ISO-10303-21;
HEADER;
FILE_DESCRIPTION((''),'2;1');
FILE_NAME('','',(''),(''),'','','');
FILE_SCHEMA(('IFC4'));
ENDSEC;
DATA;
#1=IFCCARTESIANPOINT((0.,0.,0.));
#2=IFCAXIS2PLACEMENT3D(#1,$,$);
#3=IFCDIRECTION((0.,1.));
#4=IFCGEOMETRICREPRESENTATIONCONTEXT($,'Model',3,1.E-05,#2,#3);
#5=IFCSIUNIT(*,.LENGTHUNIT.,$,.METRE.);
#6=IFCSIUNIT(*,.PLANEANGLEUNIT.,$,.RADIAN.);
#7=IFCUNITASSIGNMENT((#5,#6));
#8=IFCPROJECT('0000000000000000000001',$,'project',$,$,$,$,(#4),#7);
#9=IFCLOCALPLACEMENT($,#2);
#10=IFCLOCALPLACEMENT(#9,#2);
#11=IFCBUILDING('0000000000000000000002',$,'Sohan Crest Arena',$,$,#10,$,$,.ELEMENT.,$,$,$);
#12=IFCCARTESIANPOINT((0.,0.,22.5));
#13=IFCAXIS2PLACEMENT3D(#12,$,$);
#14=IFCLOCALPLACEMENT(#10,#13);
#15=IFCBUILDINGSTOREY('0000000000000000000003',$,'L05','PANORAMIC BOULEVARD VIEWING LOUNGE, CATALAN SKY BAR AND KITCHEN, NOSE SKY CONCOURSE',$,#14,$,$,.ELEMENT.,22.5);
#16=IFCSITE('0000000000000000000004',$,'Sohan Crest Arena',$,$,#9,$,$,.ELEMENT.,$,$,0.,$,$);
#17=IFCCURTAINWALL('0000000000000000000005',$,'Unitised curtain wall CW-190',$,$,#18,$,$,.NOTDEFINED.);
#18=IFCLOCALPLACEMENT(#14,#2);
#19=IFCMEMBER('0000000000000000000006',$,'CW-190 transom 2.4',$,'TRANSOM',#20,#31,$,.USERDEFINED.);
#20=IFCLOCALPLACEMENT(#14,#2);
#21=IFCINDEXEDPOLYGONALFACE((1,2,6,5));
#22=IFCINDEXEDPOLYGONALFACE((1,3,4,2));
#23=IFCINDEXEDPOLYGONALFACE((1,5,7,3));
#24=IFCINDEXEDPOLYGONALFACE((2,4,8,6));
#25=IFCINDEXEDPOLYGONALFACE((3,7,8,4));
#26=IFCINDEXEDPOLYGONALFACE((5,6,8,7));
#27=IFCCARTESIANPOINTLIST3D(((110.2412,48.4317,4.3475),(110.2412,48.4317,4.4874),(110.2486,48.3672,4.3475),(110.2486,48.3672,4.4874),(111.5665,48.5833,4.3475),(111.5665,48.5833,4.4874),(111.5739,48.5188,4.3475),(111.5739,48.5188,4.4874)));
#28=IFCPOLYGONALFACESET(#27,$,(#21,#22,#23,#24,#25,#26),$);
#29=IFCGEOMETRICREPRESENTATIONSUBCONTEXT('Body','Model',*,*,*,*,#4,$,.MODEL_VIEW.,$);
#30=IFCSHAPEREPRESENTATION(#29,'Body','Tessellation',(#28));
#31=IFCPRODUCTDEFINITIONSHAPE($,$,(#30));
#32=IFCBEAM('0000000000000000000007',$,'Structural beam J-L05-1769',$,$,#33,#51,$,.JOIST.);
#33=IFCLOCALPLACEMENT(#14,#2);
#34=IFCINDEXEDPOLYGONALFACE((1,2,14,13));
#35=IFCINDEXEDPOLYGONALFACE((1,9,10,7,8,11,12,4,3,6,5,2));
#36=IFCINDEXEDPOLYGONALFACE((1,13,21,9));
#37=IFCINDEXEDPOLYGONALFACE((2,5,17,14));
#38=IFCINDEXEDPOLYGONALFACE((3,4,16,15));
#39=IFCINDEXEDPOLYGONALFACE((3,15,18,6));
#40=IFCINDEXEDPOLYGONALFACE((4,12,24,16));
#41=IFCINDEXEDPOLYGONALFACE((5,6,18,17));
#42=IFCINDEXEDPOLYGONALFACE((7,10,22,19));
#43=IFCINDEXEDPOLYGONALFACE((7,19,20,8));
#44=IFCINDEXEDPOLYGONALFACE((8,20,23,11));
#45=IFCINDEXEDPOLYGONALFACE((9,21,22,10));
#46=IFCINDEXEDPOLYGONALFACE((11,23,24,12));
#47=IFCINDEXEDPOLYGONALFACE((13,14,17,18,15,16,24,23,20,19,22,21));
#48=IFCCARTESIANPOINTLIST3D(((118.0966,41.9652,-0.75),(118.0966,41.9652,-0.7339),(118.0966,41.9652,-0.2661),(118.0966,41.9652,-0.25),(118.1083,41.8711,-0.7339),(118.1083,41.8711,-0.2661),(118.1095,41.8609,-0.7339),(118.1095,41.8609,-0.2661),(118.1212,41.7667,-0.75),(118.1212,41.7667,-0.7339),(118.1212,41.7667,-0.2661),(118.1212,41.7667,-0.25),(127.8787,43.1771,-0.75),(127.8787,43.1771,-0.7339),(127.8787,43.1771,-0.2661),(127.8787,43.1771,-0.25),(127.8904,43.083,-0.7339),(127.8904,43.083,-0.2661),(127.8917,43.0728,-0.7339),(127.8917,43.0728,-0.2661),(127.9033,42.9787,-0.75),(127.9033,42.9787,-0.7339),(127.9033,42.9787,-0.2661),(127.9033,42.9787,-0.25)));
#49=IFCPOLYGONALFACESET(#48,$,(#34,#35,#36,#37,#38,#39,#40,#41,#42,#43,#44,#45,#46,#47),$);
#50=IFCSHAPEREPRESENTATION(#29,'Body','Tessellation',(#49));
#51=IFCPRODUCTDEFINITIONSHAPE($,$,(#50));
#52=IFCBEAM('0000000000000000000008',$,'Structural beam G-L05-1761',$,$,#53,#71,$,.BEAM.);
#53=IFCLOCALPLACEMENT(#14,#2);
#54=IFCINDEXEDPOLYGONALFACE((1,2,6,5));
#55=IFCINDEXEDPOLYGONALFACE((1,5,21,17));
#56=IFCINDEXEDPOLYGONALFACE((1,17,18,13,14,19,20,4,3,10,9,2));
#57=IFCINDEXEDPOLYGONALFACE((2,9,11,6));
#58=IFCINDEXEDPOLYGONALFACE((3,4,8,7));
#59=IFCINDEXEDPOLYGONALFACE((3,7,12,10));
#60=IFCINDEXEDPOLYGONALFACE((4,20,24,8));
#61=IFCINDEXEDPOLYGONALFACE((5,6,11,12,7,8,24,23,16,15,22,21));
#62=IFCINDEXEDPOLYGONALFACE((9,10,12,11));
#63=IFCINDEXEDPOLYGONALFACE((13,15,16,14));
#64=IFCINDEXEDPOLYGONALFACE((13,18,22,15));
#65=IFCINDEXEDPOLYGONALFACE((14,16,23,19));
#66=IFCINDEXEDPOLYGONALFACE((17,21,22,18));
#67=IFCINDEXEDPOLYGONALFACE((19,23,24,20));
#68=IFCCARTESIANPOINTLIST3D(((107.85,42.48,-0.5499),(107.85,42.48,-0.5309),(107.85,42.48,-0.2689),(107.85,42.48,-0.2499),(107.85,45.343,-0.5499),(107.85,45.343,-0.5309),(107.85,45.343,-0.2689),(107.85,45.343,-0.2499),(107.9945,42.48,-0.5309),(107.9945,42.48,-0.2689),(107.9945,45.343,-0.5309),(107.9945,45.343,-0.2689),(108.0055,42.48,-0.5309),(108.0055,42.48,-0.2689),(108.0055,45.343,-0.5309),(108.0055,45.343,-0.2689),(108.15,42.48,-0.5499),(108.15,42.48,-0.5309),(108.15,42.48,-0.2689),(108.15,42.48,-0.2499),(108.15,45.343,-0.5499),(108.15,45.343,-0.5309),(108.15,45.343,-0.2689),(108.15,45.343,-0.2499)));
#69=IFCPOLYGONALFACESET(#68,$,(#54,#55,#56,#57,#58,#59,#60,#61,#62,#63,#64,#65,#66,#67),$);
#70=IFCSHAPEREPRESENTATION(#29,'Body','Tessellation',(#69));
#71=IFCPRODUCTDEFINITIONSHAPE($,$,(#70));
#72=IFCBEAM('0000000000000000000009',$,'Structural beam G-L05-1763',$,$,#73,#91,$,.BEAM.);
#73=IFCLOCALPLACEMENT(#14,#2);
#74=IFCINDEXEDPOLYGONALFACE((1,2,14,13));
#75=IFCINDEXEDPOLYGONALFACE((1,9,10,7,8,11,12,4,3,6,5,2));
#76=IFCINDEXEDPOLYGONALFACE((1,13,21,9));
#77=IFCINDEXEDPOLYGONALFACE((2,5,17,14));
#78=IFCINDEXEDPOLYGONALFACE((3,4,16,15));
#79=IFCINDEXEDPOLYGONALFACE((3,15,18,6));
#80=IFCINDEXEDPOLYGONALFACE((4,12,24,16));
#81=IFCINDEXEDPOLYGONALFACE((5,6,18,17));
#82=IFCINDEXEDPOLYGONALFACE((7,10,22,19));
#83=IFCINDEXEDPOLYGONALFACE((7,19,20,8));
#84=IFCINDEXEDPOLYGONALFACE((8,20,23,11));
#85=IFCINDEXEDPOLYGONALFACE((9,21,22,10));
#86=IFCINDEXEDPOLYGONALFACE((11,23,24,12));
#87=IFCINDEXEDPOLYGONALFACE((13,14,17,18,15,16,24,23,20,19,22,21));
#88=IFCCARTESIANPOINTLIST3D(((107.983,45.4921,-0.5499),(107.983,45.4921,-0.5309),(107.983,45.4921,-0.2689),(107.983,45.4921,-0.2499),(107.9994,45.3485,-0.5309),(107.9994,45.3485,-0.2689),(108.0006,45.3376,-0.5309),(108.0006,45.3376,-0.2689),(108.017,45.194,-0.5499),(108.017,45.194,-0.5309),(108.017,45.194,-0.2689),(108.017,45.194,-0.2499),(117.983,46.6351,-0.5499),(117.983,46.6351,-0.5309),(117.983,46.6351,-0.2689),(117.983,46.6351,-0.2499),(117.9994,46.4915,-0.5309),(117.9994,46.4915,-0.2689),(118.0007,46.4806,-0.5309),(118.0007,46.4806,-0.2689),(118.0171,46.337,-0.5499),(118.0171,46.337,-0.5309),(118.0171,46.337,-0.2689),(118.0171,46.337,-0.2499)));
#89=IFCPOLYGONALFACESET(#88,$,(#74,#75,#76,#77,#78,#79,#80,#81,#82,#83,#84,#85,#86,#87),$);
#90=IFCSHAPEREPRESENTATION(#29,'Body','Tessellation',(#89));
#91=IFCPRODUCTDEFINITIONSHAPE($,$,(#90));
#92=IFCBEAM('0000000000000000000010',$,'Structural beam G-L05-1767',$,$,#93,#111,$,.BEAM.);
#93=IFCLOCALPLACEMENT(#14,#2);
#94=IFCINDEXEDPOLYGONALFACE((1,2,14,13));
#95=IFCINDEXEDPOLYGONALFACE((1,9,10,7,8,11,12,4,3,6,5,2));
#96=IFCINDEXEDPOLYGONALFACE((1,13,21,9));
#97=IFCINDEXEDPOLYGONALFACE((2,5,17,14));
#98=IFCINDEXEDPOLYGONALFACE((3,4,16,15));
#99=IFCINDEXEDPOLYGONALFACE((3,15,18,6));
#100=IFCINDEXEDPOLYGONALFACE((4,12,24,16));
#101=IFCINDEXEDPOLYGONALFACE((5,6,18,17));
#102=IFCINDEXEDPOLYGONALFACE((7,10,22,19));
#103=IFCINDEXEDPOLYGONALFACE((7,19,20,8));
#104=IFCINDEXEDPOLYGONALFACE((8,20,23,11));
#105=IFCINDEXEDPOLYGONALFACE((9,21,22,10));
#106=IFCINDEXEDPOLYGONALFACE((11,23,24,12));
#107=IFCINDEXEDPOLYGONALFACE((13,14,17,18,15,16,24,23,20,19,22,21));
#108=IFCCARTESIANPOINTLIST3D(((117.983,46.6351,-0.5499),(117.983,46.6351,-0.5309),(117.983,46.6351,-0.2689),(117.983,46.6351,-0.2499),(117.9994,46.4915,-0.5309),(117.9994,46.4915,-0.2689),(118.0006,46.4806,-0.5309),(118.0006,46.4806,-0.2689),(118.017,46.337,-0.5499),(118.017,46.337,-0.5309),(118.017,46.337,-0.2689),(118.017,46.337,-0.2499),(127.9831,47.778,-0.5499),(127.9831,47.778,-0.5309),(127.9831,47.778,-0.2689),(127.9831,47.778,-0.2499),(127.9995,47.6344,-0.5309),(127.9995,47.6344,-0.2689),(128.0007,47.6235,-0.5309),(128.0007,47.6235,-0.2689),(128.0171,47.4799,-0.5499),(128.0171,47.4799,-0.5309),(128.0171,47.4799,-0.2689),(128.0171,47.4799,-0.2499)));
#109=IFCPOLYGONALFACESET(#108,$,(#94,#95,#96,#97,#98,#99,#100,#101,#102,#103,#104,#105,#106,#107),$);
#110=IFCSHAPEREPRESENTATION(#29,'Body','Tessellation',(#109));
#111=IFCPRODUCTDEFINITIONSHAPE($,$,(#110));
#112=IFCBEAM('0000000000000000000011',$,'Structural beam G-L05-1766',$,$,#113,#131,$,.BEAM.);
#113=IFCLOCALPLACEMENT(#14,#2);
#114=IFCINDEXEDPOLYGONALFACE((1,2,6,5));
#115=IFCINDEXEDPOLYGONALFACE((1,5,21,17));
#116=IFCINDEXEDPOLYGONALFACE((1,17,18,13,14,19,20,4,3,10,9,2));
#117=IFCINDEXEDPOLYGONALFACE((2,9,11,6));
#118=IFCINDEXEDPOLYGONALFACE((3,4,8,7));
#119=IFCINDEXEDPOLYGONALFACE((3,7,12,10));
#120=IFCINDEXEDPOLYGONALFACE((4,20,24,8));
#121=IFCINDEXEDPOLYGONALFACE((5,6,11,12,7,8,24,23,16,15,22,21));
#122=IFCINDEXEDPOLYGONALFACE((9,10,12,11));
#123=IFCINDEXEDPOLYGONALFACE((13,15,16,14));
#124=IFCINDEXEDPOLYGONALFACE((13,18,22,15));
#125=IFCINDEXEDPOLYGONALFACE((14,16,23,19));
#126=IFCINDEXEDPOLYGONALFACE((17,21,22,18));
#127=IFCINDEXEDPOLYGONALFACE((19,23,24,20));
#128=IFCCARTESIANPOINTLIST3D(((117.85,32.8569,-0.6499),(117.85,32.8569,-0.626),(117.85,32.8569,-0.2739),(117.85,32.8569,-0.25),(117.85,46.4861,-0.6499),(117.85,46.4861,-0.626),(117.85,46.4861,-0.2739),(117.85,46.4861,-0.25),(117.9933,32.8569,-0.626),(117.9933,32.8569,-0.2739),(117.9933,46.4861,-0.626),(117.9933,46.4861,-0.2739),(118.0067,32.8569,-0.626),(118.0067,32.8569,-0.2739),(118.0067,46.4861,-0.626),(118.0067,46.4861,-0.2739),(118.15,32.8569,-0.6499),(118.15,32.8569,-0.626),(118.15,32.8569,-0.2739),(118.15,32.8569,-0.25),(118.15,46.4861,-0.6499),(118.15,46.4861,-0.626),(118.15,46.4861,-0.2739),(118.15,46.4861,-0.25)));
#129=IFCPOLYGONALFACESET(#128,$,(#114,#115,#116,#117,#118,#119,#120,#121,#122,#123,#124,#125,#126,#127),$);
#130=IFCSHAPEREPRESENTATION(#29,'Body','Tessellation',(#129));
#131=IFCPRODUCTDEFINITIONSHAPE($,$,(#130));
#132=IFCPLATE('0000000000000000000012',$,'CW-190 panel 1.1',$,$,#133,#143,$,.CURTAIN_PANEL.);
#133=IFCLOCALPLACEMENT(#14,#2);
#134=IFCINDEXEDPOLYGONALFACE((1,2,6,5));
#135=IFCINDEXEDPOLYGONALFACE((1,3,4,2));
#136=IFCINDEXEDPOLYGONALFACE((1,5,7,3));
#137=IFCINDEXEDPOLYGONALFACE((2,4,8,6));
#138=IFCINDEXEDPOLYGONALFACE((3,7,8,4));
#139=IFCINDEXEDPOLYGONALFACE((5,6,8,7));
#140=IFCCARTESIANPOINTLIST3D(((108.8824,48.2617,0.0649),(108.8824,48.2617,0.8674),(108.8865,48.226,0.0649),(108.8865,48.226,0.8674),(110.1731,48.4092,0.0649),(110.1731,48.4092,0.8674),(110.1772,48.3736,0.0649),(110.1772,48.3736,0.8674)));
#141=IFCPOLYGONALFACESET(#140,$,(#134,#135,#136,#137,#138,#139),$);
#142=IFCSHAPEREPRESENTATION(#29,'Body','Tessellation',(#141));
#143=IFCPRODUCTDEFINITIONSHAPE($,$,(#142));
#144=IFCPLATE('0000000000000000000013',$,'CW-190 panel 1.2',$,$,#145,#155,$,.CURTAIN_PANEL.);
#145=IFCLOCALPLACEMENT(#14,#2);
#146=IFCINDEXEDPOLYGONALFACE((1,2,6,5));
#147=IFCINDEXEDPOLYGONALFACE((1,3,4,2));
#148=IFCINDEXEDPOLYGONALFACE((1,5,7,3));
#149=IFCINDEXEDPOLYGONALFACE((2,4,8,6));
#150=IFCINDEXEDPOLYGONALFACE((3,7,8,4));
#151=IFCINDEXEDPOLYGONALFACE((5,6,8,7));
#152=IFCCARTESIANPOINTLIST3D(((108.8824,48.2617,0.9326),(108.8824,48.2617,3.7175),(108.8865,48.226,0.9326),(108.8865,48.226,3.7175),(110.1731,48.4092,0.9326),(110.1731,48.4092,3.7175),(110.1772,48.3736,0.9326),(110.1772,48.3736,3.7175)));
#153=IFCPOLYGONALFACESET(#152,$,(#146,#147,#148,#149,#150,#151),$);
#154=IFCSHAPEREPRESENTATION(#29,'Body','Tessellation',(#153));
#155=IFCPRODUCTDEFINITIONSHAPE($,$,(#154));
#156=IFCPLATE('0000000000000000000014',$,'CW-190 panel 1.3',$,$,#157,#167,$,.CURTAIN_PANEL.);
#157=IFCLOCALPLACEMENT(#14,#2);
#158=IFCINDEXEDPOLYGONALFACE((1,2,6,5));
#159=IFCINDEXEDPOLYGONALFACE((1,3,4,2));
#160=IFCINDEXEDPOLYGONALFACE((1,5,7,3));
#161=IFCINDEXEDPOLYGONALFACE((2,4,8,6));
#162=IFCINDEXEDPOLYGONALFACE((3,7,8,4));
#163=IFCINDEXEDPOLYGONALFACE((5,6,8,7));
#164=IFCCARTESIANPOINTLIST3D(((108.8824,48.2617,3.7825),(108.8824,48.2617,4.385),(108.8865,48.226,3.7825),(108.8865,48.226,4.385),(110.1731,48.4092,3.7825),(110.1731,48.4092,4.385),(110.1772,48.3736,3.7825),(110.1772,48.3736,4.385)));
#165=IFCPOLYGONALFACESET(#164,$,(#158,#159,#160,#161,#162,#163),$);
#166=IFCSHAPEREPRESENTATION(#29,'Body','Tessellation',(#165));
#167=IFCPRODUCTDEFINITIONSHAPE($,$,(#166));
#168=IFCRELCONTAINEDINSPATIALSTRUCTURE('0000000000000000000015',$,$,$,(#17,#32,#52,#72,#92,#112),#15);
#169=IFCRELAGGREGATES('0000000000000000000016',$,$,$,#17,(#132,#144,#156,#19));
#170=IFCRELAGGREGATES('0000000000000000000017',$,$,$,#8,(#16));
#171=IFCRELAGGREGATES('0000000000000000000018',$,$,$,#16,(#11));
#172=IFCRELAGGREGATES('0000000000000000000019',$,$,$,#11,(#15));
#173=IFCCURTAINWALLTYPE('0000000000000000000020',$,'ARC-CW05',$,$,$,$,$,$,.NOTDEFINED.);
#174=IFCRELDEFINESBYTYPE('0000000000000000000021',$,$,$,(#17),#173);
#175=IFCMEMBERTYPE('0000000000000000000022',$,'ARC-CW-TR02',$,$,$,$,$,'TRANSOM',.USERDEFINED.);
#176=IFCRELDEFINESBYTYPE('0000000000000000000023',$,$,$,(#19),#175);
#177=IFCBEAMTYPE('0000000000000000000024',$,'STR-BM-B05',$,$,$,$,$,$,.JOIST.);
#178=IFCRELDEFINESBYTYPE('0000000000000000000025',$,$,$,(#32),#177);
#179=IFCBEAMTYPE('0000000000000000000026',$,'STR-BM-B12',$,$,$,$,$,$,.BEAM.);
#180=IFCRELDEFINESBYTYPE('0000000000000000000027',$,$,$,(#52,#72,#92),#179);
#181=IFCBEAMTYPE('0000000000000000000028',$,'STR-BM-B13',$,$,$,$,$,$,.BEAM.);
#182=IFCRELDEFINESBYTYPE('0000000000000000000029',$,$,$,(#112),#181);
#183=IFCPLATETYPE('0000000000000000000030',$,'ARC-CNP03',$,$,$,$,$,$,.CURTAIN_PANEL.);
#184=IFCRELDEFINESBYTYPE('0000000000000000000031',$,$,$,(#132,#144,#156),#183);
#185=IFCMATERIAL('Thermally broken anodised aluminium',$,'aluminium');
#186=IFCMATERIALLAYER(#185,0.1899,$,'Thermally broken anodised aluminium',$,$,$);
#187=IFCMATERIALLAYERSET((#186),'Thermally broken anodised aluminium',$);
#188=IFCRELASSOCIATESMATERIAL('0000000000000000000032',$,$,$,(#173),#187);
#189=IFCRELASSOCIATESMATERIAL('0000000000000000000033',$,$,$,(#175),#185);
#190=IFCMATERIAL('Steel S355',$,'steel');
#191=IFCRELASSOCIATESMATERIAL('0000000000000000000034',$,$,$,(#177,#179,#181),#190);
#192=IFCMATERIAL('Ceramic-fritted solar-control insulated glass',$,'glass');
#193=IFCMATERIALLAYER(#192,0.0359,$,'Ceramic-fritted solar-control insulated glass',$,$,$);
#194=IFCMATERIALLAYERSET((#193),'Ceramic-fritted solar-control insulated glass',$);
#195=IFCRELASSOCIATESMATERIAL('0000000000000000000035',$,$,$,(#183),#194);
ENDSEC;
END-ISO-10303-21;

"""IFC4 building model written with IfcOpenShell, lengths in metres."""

from ifc_helpers import new_model, si_unit, direction, frame, origin, origin_2d, place, context, subcontext, project, spatial, rectangle, i_section, extrude, material, layer, layer_set, material_profile, profile_set, type_object, element, aggregate, save


model = new_model("IFC4")

# Units and contexts
model_context = context("Model", 3, precision=1e-05, world=origin(), true_north=direction((0.0, 1.0)))
body_context = subcontext(model_context, "Body", "Model", "MODEL_VIEW")
ifc_project = project(units=[si_unit("LENGTHUNIT", "METRE"), si_unit("PLANEANGLEUNIT", "RADIAN")], contexts=[model_context])

# Site, building, storey
site_placement = place(None, origin())
site = spatial("IfcSite", under=ifc_project, at=site_placement, Name="Sohan Crest Arena", CompositionType="ELEMENT", RefElevation=0.0)
building_placement = place(site_placement, origin())
building = spatial("IfcBuilding", under=site, at=building_placement, Name="Sohan Crest Arena", CompositionType="ELEMENT")
storey_placement = place(building_placement, frame((0.0, 0.0, 22.5)))
storey = spatial("IfcBuildingStorey", under=building, at=storey_placement, Name="L05", Description="PANORAMIC BOULEVARD VIEWING LOUNGE, CATALAN SKY BAR AND KITCHEN, NOSE SKY CONCOURSE", CompositionType="ELEMENT", Elevation=22.5)

# Shared definitions
ifc_material_1 = material(Name="Steel S355", Category="steel")

# Curtain wall, member
ifc_material_2 = material(Name="Thermally broken anodised aluminium", Category="aluminium")
ifc_layer_1 = layer(ifc_material_2, 0.1899, Name="Thermally broken anodised aluminium")
ifc_layer_set_1 = layer_set([ifc_layer_1], Name="Thermally broken anodised aluminium")
curtain_wall_type = type_object("IfcCurtainWallType", Name="ARC-CW05", PredefinedType="NOTDEFINED", material=ifc_layer_set_1)
curtain_wall_placement = place(storey_placement, origin())
curtain_wall = element("IfcCurtainWall", 1, at=curtain_wall_placement, inside=storey, type_object=curtain_wall_type, Name="Unitised curtain wall CW-190", PredefinedType="NOTDEFINED")
ifc_material_profile_1 = material_profile(ifc_material_2, rectangle(XDim=0.0649, YDim=0.1399, at=origin_2d()), Name="ALU-TRAN 65x140")
ifc_profile_set_1 = profile_set([ifc_material_profile_1], Name="Thermally broken anodised aluminium")
member_type_1 = type_object("IfcMemberType", Name="ARC-CW-TR02", ElementType="TRANSOM", PredefinedType="USERDEFINED", material=ifc_profile_set_1)
member_1_placement = place(storey_placement, frame((110.2449, 48.3994, 4.4175), z_axis=(0.993521, 0.113645, 0.0), x_axis=(-0.113645, 0.993521, 0.0)))
member_1 = element("IfcMember", 2, at=member_1_placement, type_object=member_type_1, Name="CW-190 transom 2.4", ObjectType="TRANSOM", PredefinedType="USERDEFINED", context=body_context, shape_type="SweptSolid", body=[
    extrude(rectangle(XDim=0.0649, YDim=0.1399, at=origin_2d()), origin(), (0.0, 0.0, 1.0), 1.334),
])

# Beams
ifc_material_profile_2 = material_profile(ifc_material_1, i_section(OverallWidth=0.2, OverallDepth=0.5, WebThickness=0.0103, FlangeThickness=0.0161, at=origin_2d()), Name="IPE 500")
ifc_profile_set_2 = profile_set([ifc_material_profile_2], Name="Steel S355")
beam_type_1 = type_object("IfcBeamType", Name="STR-BM-B05", PredefinedType="JOIST", material=ifc_profile_set_2)
beam_1_placement = place(storey_placement, frame((118.1089, 41.866, -0.5), z_axis=(0.992413, 0.122949, 0.0), x_axis=(-0.122949, 0.992413, 0.0)))
element("IfcBeam", 3, at=beam_1_placement, inside=storey, type_object=beam_type_1, Name="Structural beam J-L05-1769", PredefinedType="JOIST", context=body_context, shape_type="SweptSolid", body=[
    extrude(i_section(OverallWidth=0.2, OverallDepth=0.5, WebThickness=0.0103, FlangeThickness=0.0161, at=origin_2d()), origin(), (0.0, 0.0, 1.0), 9.8569),
])
ifc_material_profile_3 = material_profile(ifc_material_1, i_section(OverallWidth=0.3, OverallDepth=0.3, WebThickness=0.011, FlangeThickness=0.019, at=origin_2d()), Name="HEB 300")
ifc_profile_set_3 = profile_set([ifc_material_profile_3], Name="Steel S355")
beam_type_2 = type_object("IfcBeamType", Name="STR-BM-B12", PredefinedType="BEAM", material=ifc_profile_set_3)
beam_2_placement = place(storey_placement, frame((108.0, 45.343, -0.3999), z_axis=(0.0, -1.0, 0.0), x_axis=(1.0, 0.0, 0.0)))
element("IfcBeam", 4, at=beam_2_placement, inside=storey, type_object=beam_type_2, Name="Structural beam G-L05-1761", PredefinedType="BEAM", context=body_context, shape_type="SweptSolid", body=[
    extrude(i_section(OverallWidth=0.3, OverallDepth=0.3, WebThickness=0.011, FlangeThickness=0.019, at=origin_2d()), origin(), (0.0, 0.0, 1.0), 2.863),
])
for number, where, z_axis, x_axis, name in (
    (5, (108.0, 45.343, -0.3999), (0.99353, 0.113567, 0.0), (-0.113567, 0.99353, 0.0), "Structural beam G-L05-1763"),
    (6, (118.0, 46.4861, -0.3999), (0.993533, 0.113543, 0.0), (-0.113543, 0.993533, 0.0), "Structural beam G-L05-1767"),
):
    element("IfcBeam", number, at=place(storey_placement, frame(where, z_axis=z_axis, x_axis=x_axis)), inside=storey, type_object=beam_type_2, Name=name, PredefinedType="BEAM", context=body_context, shape_type="SweptSolid", body=[
        extrude(i_section(OverallWidth=0.3, OverallDepth=0.3, WebThickness=0.011, FlangeThickness=0.019, at=origin_2d()), origin(), (0.0, 0.0, 1.0), 10.0652),
    ])
ifc_material_profile_4 = material_profile(ifc_material_1, i_section(OverallWidth=0.3, OverallDepth=0.3999, WebThickness=0.0134, FlangeThickness=0.0239, at=origin_2d()), Name="HEB 400")
ifc_profile_set_4 = profile_set([ifc_material_profile_4], Name="Steel S355")
beam_type_3 = type_object("IfcBeamType", Name="STR-BM-B13", PredefinedType="BEAM", material=ifc_profile_set_4)
beam_3_placement = place(storey_placement, frame((118.0, 46.4861, -0.45), z_axis=(0.0, -1.0, 0.0), x_axis=(1.0, 0.0, 0.0)))
element("IfcBeam", 7, at=beam_3_placement, inside=storey, type_object=beam_type_3, Name="Structural beam G-L05-1766", PredefinedType="BEAM", context=body_context, shape_type="SweptSolid", body=[
    extrude(i_section(OverallWidth=0.3, OverallDepth=0.3999, WebThickness=0.0134, FlangeThickness=0.0239, at=origin_2d()), origin(), (0.0, 0.0, 1.0), 13.6292),
])

# Plates
ifc_material_3 = material(Name="Ceramic-fritted solar-control insulated glass", Category="glass")
ifc_layer_2 = layer(ifc_material_3, 0.0359, Name="Ceramic-fritted solar-control insulated glass")
ifc_layer_set_2 = layer_set([ifc_layer_2], Name="Ceramic-fritted solar-control insulated glass")
plate_type = type_object("IfcPlateType", Name="ARC-CNP03", PredefinedType="CURTAIN_PANEL", material=ifc_layer_set_2)
plate_1_placement = place(storey_placement, frame((109.5298, 48.3176, 0.0649), z_axis=(0.0, 0.0, 1.0), x_axis=(0.993527, 0.113597, 0.0)))
plate_1 = element("IfcPlate", 8, at=plate_1_placement, type_object=plate_type, Name="CW-190 panel 1.1", PredefinedType="CURTAIN_PANEL", context=body_context, shape_type="SweptSolid", body=[
    extrude(rectangle(XDim=1.2991, YDim=0.0359, at=origin_2d()), origin(), (0.0, 0.0, 1.0), 0.8025),
])
plate_2_placement = place(storey_placement, frame((109.5298, 48.3176, 0.9326), z_axis=(0.0, 0.0, 1.0), x_axis=(0.993527, 0.113597, 0.0)))
plate_2 = element("IfcPlate", 9, at=plate_2_placement, type_object=plate_type, Name="CW-190 panel 1.2", PredefinedType="CURTAIN_PANEL", context=body_context, shape_type="SweptSolid", body=[
    extrude(rectangle(XDim=1.2991, YDim=0.0359, at=origin_2d()), origin(), (0.0, 0.0, 1.0), 2.7849),
])
plate_3_placement = place(storey_placement, frame((109.5298, 48.3176, 3.7825), z_axis=(0.0, 0.0, 1.0), x_axis=(0.993527, 0.113597, 0.0)))
plate_3 = element("IfcPlate", 10, at=plate_3_placement, type_object=plate_type, Name="CW-190 panel 1.3", PredefinedType="CURTAIN_PANEL", context=body_context, shape_type="SweptSolid", body=[
    extrude(rectangle(XDim=1.2991, YDim=0.0359, at=origin_2d()), origin(), (0.0, 0.0, 1.0), 0.6025),
])
aggregate(curtain_wall, [plate_1, plate_2, plate_3, member_1])

save(model, "model.ifc")
